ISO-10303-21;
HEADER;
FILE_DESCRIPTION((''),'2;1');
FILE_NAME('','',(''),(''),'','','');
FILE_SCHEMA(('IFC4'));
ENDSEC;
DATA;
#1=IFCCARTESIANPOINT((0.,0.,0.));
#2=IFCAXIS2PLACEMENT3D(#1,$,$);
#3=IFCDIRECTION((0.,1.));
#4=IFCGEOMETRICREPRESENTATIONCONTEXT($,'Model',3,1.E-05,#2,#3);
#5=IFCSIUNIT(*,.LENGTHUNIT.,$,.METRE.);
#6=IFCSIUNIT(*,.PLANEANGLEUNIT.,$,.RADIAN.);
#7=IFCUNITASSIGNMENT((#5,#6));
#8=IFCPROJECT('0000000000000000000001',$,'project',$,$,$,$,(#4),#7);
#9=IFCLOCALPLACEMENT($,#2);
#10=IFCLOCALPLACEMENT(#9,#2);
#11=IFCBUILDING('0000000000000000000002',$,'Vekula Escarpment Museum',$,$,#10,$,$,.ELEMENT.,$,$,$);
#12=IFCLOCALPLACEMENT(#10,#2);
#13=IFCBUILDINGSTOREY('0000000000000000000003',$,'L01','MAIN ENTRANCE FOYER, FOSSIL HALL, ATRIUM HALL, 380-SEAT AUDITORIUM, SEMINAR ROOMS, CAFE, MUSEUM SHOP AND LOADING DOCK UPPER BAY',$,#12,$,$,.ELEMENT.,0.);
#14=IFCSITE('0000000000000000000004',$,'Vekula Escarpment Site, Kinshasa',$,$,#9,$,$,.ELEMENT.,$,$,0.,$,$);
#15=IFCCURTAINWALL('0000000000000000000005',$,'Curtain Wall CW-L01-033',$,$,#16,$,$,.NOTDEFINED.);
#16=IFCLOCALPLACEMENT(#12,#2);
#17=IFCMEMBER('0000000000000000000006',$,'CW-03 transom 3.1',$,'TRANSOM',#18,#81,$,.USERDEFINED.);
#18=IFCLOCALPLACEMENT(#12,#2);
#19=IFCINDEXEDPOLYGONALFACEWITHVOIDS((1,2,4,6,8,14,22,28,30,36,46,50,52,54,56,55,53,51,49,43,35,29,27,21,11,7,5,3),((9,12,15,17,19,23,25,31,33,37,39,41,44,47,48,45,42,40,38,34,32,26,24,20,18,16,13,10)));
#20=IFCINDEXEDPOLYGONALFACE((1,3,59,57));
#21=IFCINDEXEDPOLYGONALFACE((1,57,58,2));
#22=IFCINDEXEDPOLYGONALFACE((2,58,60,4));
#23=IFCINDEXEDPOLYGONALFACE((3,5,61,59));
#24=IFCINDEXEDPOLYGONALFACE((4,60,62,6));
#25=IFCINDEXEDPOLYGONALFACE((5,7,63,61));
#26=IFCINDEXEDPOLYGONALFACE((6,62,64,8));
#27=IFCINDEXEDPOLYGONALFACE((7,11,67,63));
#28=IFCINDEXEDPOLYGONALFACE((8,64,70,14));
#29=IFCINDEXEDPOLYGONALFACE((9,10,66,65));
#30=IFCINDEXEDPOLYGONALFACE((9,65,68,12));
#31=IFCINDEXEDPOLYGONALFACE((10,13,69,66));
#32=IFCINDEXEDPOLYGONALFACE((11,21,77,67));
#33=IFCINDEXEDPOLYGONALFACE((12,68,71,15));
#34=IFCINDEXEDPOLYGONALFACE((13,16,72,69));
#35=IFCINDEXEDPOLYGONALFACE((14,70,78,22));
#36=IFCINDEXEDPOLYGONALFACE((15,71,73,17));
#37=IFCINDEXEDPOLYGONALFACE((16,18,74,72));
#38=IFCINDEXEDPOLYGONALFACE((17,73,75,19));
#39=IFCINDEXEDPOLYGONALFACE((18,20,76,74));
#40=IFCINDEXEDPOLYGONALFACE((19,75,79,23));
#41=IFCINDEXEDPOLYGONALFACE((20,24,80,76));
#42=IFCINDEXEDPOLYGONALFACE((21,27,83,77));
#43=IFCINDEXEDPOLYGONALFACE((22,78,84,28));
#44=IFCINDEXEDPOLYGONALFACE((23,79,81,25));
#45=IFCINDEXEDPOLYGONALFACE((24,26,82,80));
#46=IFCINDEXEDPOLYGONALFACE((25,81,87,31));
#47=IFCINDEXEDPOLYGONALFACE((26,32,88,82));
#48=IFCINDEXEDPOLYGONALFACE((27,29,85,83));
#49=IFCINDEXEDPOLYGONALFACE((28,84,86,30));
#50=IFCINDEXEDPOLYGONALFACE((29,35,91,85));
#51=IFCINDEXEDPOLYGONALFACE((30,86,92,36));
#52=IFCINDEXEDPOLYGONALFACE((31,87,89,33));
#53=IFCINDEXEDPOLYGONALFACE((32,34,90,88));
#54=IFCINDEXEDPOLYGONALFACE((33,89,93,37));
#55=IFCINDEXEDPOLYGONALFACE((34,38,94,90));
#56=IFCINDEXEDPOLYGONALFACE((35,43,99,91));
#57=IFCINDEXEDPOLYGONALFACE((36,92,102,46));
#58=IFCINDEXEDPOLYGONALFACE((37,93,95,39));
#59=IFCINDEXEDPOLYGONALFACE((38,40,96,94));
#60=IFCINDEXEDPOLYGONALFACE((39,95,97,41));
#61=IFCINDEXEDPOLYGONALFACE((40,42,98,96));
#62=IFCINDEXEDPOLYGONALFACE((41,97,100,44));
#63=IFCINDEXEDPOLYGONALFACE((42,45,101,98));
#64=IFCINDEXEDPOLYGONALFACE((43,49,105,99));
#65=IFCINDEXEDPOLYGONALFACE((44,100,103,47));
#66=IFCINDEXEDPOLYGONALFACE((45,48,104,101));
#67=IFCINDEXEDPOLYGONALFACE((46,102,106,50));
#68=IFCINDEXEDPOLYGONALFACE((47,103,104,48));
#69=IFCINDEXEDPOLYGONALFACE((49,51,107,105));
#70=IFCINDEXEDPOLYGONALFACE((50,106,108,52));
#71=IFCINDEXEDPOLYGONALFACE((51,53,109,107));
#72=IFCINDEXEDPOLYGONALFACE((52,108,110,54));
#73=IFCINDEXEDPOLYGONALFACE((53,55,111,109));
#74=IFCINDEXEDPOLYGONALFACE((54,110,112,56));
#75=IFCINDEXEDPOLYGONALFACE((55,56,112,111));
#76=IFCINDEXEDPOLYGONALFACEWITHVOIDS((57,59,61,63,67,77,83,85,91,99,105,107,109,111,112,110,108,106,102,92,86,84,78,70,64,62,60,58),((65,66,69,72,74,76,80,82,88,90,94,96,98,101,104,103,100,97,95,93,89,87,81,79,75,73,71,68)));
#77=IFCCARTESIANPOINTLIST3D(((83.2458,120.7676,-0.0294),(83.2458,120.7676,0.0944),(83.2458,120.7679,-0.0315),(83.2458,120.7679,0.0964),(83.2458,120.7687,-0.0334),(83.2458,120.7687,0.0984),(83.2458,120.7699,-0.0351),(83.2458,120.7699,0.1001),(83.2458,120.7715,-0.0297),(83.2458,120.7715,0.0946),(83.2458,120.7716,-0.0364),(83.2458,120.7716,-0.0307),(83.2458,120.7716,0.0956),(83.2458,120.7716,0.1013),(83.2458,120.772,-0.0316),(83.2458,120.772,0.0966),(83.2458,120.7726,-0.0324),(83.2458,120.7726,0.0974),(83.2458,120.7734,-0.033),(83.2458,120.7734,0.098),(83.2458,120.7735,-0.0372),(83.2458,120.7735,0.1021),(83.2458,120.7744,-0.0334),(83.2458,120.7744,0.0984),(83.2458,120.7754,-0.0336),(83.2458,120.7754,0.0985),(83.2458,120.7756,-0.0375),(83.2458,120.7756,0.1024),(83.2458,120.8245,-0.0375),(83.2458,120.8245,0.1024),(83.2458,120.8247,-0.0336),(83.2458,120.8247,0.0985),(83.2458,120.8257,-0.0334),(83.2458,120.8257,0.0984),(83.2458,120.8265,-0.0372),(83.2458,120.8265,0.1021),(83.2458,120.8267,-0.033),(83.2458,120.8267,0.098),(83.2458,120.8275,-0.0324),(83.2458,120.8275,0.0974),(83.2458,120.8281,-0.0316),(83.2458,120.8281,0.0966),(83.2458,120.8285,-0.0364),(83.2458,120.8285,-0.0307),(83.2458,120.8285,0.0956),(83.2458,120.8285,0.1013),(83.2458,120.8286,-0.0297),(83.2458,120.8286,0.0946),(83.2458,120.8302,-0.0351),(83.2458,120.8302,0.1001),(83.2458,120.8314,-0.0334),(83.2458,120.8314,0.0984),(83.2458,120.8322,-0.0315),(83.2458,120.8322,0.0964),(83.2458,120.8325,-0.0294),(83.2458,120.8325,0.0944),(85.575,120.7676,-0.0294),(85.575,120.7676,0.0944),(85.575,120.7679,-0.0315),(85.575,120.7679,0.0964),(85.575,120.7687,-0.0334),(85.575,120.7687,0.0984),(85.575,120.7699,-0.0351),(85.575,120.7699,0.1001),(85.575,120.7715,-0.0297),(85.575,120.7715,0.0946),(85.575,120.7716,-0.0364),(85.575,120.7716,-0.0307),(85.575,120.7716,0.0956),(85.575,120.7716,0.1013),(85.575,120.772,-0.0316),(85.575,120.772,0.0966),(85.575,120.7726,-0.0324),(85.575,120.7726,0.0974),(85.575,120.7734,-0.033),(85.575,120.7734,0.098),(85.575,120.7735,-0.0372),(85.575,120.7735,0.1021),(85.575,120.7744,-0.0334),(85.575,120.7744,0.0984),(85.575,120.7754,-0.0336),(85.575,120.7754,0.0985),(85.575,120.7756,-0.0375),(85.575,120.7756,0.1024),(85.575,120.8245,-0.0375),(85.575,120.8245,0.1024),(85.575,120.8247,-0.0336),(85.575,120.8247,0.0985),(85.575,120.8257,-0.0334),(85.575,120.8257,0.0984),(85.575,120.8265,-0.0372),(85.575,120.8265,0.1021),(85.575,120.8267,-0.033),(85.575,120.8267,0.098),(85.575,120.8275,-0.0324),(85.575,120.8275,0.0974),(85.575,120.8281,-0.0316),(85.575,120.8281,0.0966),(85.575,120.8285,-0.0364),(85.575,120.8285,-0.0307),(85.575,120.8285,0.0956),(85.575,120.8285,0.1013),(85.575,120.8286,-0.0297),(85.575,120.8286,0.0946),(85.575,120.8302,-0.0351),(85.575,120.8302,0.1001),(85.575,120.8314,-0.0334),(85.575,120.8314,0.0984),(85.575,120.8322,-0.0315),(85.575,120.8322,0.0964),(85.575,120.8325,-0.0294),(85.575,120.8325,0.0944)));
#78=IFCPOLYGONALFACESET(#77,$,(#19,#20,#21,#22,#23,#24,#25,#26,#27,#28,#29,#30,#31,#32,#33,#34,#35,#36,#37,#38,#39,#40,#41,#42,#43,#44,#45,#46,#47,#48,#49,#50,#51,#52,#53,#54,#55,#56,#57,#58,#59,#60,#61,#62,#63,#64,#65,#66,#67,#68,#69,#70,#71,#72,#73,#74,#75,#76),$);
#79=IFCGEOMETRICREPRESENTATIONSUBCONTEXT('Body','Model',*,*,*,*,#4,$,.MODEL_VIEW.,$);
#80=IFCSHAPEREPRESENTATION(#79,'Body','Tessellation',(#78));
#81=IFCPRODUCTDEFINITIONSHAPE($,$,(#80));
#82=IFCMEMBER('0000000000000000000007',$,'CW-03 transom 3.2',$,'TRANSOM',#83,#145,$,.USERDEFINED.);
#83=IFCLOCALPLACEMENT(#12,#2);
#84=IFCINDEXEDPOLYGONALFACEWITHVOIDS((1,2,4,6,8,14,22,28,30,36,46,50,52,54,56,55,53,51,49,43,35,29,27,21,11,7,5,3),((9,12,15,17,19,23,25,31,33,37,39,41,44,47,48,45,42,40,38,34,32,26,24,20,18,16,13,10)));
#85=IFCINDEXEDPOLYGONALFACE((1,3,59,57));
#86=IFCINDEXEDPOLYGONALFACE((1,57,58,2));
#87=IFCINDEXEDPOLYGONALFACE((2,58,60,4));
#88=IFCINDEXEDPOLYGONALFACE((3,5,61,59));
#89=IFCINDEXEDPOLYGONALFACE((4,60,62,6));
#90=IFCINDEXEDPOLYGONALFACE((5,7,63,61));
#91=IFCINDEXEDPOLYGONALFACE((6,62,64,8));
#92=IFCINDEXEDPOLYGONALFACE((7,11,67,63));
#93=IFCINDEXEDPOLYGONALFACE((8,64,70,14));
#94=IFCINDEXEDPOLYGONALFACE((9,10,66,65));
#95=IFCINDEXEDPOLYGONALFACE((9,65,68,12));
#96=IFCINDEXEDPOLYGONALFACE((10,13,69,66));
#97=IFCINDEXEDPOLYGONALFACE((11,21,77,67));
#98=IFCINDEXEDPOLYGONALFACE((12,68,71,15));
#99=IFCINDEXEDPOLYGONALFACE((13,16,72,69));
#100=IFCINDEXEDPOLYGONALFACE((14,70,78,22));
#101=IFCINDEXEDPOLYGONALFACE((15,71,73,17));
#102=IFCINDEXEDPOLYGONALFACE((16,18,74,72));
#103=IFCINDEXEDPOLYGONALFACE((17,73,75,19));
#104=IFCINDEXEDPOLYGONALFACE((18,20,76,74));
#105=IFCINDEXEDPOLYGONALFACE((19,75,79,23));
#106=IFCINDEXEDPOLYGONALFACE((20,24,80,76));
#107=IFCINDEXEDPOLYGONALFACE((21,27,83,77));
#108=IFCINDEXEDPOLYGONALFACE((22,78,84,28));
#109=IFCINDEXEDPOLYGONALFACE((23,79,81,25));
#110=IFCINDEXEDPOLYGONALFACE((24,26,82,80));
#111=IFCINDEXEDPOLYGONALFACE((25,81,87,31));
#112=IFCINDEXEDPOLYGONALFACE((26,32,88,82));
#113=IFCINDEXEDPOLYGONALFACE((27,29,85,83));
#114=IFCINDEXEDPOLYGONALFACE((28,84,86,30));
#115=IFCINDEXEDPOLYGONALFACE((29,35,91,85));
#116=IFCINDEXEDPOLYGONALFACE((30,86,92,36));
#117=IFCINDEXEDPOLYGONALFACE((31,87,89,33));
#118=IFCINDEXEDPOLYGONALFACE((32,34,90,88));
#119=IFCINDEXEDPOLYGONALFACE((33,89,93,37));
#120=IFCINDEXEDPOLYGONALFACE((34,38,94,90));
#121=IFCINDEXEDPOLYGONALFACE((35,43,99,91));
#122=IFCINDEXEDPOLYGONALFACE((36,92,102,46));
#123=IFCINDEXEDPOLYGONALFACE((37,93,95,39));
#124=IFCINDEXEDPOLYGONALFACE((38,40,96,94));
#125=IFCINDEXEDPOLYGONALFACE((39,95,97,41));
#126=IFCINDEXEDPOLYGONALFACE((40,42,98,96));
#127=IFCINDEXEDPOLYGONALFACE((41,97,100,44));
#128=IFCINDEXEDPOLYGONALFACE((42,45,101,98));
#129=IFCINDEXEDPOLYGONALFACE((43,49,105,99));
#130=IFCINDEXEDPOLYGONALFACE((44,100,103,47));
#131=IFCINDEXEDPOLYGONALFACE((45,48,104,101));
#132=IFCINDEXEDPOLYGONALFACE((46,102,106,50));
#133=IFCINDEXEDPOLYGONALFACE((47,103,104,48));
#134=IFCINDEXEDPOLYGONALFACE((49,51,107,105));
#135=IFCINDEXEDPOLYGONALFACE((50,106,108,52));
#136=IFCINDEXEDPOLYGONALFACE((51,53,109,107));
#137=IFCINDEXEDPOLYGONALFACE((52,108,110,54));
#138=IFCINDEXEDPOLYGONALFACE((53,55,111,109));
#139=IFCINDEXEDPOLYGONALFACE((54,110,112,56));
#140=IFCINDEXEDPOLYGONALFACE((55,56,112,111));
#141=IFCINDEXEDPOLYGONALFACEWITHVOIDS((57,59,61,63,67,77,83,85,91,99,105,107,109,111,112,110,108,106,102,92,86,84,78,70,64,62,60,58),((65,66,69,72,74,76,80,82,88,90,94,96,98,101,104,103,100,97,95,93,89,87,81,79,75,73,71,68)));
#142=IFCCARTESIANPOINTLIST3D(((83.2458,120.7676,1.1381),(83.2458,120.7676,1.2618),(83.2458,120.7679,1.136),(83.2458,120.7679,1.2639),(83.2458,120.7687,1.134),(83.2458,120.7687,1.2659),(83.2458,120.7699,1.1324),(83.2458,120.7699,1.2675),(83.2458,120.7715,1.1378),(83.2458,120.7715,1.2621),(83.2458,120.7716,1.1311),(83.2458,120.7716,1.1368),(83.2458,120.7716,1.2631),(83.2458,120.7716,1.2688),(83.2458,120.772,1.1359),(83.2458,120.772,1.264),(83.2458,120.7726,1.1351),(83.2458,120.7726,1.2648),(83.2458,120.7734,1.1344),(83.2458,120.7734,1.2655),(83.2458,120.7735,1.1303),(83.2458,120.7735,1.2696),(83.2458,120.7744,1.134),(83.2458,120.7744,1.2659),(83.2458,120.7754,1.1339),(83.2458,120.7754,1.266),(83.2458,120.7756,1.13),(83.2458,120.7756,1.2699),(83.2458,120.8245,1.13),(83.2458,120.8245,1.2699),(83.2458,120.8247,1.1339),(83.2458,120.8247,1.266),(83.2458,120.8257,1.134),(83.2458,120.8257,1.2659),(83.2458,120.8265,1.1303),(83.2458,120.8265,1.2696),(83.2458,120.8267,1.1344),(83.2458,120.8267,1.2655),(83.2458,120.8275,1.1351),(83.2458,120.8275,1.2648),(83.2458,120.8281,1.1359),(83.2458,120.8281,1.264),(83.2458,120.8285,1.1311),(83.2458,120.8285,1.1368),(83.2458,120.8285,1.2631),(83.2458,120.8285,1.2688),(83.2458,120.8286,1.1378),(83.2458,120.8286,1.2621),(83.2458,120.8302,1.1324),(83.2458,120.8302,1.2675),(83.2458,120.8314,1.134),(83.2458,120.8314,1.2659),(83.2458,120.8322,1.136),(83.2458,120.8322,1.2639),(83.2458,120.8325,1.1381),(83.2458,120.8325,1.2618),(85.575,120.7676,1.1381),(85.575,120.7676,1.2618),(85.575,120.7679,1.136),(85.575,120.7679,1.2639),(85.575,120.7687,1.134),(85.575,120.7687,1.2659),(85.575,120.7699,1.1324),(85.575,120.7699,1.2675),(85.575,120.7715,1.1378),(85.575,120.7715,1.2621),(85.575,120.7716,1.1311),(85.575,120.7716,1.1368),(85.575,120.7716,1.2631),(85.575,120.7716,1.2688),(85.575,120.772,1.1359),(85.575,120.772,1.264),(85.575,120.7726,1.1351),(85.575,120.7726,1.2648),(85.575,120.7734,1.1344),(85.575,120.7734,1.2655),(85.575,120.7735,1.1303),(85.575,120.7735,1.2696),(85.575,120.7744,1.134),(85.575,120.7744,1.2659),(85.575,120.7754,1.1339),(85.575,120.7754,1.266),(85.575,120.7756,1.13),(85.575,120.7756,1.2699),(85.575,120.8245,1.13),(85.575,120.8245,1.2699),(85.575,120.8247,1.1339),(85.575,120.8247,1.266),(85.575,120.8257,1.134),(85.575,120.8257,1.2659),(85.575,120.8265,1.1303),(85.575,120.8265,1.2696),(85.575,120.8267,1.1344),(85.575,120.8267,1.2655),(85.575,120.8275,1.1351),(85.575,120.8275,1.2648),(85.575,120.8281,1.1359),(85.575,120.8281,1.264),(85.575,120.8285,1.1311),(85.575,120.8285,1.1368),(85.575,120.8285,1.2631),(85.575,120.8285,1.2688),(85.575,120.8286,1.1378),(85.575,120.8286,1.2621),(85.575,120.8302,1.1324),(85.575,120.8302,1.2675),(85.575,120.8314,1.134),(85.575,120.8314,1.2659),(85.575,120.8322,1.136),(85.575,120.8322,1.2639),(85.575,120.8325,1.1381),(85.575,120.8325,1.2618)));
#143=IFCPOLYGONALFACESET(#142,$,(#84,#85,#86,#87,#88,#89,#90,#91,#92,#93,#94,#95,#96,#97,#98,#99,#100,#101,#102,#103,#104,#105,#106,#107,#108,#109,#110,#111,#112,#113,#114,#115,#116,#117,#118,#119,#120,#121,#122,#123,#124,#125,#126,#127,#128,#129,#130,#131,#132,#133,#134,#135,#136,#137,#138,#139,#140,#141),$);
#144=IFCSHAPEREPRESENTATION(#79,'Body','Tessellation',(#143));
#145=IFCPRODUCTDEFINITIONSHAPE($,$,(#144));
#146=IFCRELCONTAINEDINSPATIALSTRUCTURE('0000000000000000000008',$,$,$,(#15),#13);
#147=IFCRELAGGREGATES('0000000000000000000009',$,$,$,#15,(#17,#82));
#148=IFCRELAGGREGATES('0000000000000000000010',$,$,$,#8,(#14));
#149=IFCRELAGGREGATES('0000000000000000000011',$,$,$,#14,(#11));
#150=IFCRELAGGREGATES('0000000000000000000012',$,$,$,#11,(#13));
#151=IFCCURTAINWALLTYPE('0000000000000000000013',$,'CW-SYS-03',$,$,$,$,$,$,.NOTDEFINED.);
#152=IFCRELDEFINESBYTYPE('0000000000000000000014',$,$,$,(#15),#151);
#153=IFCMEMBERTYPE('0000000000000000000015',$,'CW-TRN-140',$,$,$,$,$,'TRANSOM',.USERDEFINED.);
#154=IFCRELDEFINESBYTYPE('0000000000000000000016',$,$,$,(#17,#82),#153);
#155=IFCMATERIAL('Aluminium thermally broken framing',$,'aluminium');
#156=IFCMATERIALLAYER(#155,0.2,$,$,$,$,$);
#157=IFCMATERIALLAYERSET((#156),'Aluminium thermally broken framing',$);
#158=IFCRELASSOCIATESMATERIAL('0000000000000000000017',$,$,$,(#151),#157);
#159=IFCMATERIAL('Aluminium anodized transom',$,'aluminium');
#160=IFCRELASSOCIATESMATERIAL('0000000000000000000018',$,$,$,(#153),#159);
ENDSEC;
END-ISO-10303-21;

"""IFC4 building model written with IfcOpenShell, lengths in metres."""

from ifc_helpers import new_model, si_unit, direction, frame, origin, origin_2d, place, context, subcontext, project, spatial, hollow_rectangle, extrude, material, layer, layer_set, material_profile, profile_set, type_object, element, aggregate, save


model = new_model("IFC4")

# Units and contexts
model_context = context("Model", 3, precision=1e-05, world=origin(), true_north=direction((0.0, 1.0)))
body_context = subcontext(model_context, "Body", "Model", "MODEL_VIEW")
ifc_project = project(units=[si_unit("LENGTHUNIT", "METRE"), si_unit("PLANEANGLEUNIT", "RADIAN")], contexts=[model_context])

# Site, building, storey
site_placement = place(None, origin())
site = spatial("IfcSite", under=ifc_project, at=site_placement, Name="Vekula Escarpment Site, Kinshasa", CompositionType="ELEMENT", RefElevation=0.0)
building_placement = place(site_placement, origin())
building = spatial("IfcBuilding", under=site, at=building_placement, Name="Vekula Escarpment Museum", CompositionType="ELEMENT")
storey_placement = place(building_placement, origin())
storey = spatial("IfcBuildingStorey", under=building, at=storey_placement, Name="L01", Description="MAIN ENTRANCE FOYER, FOSSIL HALL, ATRIUM HALL, 380-SEAT AUDITORIUM, SEMINAR ROOMS, CAFE, MUSEUM SHOP AND LOADING DOCK UPPER BAY", CompositionType="ELEMENT", Elevation=0.0)

# Curtain wall
ifc_material_1 = material(Name="Aluminium thermally broken framing", Category="aluminium")
ifc_layer_1 = layer(ifc_material_1, 0.2)
ifc_layer_set_1 = layer_set([ifc_layer_1], Name="Aluminium thermally broken framing")
curtain_wall_type_1 = type_object("IfcCurtainWallType", Name="CW-SYS-03", PredefinedType="NOTDEFINED", material=ifc_layer_set_1)
curtain_wall_1_placement = place(storey_placement, origin())
curtain_wall_1 = element("IfcCurtainWall", 1, at=curtain_wall_1_placement, inside=storey, type_object=curtain_wall_type_1, Name="Curtain Wall CW-L01-033", PredefinedType="NOTDEFINED")

# Members
ifc_material_2 = material(Name="Aluminium anodized transom", Category="aluminium")
ifc_material_profile_1 = material_profile(ifc_material_2, hollow_rectangle(XDim=0.0649, YDim=0.1399, WallThickness=0.0039, InnerFilletRadius=0.0039, OuterFilletRadius=0.0081, at=origin_2d()), Name="ALU 140x65x4")
ifc_profile_set_1 = profile_set([ifc_material_profile_1], Name="Aluminium anodized transom")
member_type_1 = type_object("IfcMemberType", Name="CW-TRN-140", ElementType="TRANSOM", PredefinedType="USERDEFINED", material=ifc_profile_set_1)
member_1_placement = place(storey_placement, frame((83.2458, 120.8, 0.0325), z_axis=(1.0, 0.0, 0.0), x_axis=(0.0, 1.0, 0.0)))
member_1 = element("IfcMember", 2, at=member_1_placement, type_object=member_type_1, Name="CW-03 transom 3.1", ObjectType="TRANSOM", PredefinedType="USERDEFINED", context=body_context, shape_type="SweptSolid", body=[
    extrude(hollow_rectangle(XDim=0.0649, YDim=0.1399, WallThickness=0.0039, InnerFilletRadius=0.0039, OuterFilletRadius=0.0081, at=origin_2d()), origin(), (0.0, 0.0, 1.0), 2.3291),
])
member_2_placement = place(storey_placement, frame((83.2458, 120.8, 1.2), z_axis=(1.0, 0.0, 0.0), x_axis=(0.0, 1.0, 0.0)))
member_2 = element("IfcMember", 3, at=member_2_placement, type_object=member_type_1, Name="CW-03 transom 3.2", ObjectType="TRANSOM", PredefinedType="USERDEFINED", context=body_context, shape_type="SweptSolid", body=[
    extrude(hollow_rectangle(XDim=0.0649, YDim=0.1399, WallThickness=0.0039, InnerFilletRadius=0.0039, OuterFilletRadius=0.0081, at=origin_2d()), origin(), (0.0, 0.0, 1.0), 2.3291),
])

aggregate(curtain_wall_1, [member_1, member_2])

save(model, "model.ifc")
